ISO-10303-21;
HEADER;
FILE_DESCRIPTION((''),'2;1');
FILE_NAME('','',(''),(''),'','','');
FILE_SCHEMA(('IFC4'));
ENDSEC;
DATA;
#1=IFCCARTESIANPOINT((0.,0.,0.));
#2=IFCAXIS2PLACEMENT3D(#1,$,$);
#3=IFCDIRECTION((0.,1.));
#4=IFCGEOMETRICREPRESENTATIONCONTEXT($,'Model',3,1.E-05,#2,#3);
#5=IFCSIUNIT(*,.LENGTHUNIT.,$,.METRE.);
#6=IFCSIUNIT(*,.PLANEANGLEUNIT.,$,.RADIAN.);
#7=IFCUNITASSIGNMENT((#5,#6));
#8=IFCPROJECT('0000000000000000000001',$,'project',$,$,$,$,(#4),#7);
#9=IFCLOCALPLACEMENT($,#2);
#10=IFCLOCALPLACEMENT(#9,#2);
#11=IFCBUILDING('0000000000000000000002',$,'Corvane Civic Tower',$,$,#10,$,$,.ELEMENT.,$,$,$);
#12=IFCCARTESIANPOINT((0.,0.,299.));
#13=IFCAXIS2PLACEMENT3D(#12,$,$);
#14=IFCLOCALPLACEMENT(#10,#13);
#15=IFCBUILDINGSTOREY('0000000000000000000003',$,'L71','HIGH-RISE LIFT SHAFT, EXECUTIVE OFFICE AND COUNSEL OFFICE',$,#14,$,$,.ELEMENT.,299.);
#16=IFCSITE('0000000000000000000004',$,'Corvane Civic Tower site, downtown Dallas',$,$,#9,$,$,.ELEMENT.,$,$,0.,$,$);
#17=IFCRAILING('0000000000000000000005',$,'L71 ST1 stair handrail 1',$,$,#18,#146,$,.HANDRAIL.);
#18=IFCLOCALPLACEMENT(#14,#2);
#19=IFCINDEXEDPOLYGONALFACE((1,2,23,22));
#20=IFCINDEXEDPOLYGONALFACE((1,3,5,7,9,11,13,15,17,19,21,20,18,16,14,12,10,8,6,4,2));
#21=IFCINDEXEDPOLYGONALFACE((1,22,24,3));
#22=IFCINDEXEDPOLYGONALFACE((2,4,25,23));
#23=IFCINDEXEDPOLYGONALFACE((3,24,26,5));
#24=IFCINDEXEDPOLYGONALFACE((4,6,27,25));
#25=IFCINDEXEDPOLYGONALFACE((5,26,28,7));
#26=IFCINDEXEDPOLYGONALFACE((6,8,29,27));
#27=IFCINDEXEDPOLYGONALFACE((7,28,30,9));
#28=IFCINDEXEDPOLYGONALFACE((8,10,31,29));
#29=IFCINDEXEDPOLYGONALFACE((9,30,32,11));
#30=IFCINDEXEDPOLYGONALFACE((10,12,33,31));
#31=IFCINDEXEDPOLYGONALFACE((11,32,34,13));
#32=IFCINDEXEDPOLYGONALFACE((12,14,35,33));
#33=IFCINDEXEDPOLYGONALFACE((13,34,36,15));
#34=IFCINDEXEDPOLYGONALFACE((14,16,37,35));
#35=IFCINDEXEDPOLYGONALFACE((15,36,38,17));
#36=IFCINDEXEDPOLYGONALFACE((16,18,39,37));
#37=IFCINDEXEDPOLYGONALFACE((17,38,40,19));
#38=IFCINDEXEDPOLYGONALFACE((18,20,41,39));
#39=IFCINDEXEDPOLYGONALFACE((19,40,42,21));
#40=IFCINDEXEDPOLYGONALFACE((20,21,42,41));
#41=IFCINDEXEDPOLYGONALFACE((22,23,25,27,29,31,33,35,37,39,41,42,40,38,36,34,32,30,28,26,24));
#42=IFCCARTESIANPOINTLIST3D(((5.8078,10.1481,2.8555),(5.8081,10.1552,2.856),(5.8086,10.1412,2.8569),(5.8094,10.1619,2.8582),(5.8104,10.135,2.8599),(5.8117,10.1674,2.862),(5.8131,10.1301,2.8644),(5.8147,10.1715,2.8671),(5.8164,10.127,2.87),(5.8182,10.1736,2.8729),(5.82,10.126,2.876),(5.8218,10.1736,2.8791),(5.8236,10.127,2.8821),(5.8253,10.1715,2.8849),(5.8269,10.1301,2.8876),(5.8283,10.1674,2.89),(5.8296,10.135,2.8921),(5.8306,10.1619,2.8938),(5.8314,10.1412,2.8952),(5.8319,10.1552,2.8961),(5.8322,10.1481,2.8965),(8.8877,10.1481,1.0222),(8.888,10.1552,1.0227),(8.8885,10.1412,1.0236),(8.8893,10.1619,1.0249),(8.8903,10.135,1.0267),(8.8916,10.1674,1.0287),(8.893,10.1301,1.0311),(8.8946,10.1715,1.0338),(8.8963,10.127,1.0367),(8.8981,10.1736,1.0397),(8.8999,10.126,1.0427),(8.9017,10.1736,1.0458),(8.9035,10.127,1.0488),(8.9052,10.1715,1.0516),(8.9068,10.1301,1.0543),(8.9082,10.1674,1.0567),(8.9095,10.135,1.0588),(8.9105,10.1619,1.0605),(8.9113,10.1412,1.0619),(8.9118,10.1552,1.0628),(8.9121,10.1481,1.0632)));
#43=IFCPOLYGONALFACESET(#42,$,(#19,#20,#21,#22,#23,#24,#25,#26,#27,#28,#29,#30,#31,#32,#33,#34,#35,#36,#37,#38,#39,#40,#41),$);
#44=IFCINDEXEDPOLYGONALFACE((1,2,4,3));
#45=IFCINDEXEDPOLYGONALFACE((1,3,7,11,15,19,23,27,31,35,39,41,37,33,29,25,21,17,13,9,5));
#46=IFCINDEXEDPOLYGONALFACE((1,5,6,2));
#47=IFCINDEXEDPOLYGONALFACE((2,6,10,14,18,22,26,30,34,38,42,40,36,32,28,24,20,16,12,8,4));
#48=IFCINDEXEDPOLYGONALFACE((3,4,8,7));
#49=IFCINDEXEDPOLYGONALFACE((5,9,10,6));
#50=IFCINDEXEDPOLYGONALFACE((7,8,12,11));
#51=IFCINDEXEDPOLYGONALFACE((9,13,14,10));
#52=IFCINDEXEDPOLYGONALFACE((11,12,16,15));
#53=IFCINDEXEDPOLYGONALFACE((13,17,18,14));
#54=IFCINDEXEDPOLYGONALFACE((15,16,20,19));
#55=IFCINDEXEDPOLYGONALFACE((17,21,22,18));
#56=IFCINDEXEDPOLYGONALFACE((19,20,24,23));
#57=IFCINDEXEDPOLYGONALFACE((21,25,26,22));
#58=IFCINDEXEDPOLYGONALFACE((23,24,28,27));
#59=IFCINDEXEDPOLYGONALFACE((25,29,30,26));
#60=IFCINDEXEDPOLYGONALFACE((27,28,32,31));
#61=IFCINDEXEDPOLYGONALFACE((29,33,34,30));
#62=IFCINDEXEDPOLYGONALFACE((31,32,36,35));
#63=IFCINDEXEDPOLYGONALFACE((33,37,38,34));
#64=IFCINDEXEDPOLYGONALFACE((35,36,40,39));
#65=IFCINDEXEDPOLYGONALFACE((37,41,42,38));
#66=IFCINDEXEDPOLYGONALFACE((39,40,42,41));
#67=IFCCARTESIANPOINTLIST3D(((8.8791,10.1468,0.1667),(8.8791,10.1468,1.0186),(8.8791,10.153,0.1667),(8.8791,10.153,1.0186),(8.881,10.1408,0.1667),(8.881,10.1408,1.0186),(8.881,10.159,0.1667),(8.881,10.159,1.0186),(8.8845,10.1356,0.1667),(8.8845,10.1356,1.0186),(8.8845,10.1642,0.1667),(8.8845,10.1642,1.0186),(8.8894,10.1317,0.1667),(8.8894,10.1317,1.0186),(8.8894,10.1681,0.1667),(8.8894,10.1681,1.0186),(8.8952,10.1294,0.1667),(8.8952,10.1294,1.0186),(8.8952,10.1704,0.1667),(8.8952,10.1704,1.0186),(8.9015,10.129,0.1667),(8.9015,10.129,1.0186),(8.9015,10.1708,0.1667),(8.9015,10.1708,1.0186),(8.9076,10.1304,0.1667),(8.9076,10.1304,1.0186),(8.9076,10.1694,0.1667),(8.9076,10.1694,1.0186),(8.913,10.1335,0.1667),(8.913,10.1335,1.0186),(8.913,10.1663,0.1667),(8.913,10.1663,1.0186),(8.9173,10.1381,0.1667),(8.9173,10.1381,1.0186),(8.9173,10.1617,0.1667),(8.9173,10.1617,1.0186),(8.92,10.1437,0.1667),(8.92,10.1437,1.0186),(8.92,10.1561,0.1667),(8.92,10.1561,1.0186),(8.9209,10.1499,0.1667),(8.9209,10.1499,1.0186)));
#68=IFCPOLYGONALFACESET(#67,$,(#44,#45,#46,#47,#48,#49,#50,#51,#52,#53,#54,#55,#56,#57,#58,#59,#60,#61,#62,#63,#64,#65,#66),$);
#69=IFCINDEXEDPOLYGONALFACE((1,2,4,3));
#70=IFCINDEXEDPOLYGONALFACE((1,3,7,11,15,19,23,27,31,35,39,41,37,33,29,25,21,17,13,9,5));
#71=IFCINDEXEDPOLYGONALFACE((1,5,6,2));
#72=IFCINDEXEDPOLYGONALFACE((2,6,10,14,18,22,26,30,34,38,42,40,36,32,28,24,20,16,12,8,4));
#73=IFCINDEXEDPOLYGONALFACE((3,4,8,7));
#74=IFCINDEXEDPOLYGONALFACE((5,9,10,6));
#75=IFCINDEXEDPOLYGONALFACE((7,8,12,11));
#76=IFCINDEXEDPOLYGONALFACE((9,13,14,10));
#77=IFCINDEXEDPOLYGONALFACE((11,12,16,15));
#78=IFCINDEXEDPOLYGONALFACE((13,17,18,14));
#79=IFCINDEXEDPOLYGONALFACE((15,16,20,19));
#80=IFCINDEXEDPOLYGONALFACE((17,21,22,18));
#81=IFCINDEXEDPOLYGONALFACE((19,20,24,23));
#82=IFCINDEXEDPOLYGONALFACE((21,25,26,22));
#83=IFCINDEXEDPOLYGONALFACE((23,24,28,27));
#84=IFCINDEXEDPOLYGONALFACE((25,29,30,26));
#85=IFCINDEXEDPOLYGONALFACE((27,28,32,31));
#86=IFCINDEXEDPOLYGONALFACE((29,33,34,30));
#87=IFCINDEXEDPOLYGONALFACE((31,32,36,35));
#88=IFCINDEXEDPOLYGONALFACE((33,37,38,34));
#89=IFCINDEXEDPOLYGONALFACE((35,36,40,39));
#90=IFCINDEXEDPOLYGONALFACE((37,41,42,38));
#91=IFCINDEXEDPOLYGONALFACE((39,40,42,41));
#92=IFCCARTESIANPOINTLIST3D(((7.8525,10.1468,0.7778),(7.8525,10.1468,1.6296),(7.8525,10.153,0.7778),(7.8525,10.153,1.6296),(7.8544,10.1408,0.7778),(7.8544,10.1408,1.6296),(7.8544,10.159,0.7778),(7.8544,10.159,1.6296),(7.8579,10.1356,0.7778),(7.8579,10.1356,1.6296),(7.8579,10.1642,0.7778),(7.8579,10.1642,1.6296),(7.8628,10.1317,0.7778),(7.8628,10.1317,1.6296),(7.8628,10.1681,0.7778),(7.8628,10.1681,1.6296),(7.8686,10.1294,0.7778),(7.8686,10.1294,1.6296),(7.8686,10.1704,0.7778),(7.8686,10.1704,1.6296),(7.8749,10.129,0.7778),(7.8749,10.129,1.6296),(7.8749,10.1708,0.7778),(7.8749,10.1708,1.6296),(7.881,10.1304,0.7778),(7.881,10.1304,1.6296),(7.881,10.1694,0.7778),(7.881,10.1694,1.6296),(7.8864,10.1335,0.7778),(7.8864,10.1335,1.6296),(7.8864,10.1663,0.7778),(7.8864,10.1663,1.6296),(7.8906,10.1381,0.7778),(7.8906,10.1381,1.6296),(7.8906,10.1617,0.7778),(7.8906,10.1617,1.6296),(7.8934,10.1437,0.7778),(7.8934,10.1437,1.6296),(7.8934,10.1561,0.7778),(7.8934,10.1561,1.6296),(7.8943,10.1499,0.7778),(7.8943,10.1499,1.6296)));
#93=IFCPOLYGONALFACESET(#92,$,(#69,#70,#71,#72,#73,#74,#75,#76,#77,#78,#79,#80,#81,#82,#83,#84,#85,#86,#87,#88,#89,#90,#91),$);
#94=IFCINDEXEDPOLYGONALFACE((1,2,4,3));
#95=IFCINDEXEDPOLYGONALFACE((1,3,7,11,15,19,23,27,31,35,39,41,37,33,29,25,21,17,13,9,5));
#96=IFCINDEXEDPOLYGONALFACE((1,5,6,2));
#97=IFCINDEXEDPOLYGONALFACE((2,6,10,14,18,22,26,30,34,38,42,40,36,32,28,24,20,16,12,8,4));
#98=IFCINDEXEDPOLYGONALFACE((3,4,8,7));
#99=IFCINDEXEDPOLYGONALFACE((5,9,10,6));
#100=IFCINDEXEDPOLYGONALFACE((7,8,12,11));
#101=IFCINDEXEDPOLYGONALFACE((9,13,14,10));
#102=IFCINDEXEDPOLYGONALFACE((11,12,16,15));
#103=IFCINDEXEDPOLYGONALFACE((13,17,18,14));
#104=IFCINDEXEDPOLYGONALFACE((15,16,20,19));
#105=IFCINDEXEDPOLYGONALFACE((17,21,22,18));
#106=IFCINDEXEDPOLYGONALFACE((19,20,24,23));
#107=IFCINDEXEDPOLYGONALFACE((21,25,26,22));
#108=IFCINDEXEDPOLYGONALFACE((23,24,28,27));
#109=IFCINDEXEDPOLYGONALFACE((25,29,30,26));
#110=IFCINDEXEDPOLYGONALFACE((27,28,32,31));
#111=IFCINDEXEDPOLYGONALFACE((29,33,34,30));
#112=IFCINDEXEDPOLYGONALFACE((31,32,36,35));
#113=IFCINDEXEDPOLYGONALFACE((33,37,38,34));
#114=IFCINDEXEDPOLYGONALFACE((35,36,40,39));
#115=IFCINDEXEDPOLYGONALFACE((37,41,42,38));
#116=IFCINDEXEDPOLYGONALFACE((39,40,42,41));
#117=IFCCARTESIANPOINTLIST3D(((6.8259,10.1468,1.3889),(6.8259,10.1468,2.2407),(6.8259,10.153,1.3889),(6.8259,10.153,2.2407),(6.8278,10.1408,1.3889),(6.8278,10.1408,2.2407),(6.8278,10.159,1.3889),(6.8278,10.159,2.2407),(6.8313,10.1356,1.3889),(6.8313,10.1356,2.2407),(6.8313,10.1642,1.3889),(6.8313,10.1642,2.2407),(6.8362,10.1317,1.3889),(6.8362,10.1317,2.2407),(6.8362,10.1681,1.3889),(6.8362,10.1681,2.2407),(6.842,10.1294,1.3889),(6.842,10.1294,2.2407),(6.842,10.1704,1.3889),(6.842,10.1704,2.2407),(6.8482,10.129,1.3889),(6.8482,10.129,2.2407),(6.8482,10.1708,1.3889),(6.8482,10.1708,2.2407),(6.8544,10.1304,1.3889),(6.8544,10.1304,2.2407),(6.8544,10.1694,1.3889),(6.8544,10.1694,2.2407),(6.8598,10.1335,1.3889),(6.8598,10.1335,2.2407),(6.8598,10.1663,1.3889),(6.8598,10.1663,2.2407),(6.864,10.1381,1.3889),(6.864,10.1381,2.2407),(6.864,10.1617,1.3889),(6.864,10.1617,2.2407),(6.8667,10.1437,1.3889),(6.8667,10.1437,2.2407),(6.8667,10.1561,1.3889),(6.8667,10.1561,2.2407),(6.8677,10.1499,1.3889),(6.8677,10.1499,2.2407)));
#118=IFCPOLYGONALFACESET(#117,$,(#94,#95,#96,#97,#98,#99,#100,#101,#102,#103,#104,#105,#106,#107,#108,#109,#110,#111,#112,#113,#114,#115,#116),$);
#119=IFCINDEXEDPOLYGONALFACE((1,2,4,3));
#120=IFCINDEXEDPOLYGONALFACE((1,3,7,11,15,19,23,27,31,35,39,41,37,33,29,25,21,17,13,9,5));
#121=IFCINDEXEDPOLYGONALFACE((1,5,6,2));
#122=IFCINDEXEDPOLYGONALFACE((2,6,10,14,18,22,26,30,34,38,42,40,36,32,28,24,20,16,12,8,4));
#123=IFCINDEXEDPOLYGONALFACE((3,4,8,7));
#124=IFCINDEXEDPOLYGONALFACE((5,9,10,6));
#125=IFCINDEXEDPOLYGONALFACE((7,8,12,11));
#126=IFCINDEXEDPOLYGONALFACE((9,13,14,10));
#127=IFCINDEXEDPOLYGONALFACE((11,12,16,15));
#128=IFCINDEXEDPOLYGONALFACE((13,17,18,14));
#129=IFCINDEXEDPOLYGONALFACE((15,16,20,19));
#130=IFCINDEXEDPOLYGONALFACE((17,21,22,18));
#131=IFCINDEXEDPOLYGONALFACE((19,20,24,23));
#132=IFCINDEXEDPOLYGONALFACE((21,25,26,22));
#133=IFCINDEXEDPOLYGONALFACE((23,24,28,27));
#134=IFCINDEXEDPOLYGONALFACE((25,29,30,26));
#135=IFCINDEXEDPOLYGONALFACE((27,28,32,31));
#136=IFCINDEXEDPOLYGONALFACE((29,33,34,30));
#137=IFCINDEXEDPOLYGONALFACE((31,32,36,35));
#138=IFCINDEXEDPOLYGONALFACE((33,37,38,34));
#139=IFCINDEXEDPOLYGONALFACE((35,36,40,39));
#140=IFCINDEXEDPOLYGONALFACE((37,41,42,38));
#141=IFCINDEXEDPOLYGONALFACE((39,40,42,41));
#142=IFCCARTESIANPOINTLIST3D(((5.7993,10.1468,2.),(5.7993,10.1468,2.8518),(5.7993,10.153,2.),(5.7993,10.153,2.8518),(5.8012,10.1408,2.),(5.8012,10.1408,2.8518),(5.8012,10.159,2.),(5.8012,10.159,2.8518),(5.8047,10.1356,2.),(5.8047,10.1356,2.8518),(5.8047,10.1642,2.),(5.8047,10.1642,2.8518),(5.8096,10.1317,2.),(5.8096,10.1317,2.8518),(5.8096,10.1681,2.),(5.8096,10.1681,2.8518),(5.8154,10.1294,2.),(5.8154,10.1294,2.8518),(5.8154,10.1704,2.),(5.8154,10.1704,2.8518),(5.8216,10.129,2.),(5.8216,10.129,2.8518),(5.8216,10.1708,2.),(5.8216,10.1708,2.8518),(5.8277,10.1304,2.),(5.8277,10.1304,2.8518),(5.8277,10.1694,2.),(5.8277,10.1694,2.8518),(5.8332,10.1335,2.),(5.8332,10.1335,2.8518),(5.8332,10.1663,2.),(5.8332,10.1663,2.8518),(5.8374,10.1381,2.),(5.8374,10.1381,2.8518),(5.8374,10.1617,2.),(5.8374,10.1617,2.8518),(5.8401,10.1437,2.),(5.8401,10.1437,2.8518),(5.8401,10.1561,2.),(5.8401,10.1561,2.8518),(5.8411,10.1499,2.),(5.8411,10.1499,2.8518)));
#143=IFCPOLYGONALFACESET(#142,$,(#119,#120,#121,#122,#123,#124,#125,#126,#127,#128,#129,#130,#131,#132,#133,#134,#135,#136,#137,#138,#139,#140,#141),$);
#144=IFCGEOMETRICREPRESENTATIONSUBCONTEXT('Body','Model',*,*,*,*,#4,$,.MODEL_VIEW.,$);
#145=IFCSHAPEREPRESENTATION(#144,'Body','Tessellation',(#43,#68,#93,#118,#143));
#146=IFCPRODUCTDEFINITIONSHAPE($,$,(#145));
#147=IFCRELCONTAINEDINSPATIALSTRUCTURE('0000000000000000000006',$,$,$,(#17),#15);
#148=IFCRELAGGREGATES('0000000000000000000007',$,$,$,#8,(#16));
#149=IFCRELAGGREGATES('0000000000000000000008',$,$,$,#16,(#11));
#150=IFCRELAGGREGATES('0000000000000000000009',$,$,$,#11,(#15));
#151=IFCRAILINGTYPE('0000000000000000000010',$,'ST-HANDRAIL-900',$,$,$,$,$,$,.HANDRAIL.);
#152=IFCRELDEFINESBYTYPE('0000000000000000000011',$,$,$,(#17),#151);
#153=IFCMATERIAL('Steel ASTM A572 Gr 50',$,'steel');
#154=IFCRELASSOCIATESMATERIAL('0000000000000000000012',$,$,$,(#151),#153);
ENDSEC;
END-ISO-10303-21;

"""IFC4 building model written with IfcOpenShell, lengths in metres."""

from ifc_helpers import new_model, si_unit, direction, frame, origin, origin_2d, place, context, subcontext, project, spatial, circle, extrude, material, type_object, element, save


model = new_model("IFC4")

# Units and contexts
model_context = context("Model", 3, precision=1e-05, world=origin(), true_north=direction((0.0, 1.0)))
body_context = subcontext(model_context, "Body", "Model", "MODEL_VIEW")
ifc_project = project(units=[si_unit("LENGTHUNIT", "METRE"), si_unit("PLANEANGLEUNIT", "RADIAN")], contexts=[model_context])

# Site, building, storey
site_placement = place(None, origin())
site = spatial("IfcSite", under=ifc_project, at=site_placement, Name="Corvane Civic Tower site, downtown Dallas", CompositionType="ELEMENT", RefElevation=0.0)
building_placement = place(site_placement, origin())
building = spatial("IfcBuilding", under=site, at=building_placement, Name="Corvane Civic Tower", CompositionType="ELEMENT")
storey_placement = place(building_placement, frame((0.0, 0.0, 299.0)))
storey = spatial("IfcBuildingStorey", under=building, at=storey_placement, Name="L71", Description="HIGH-RISE LIFT SHAFT, EXECUTIVE OFFICE AND COUNSEL OFFICE", CompositionType="ELEMENT", Elevation=299.0)

# Railing
ifc_material_1 = material(Name="Steel ASTM A572 Gr 50", Category="steel")
railing_type = type_object("IfcRailingType", Name="ST-HANDRAIL-900", PredefinedType="HANDRAIL", material=ifc_material_1)
railing_placement = place(storey_placement, frame((8.8999, 10.1499, 0.1667)))
element("IfcRailing", 1, at=railing_placement, inside=storey, type_object=railing_type, Name="L71 ST1 stair handrail 1", PredefinedType="HANDRAIL", context=body_context, shape_type="SweptSolid", body=[
    extrude(circle(Radius=0.0239, at=origin_2d()), frame((0.0, 0.0, 0.876), z_axis=(-0.859291, 0.0, 0.511487), x_axis=(0.0, -1.0, 0.0)), (0.0, 0.0, 1.0), 3.5842),
    extrude(circle(Radius=0.021, at=origin_2d()), origin(), (0.0, 0.0, 1.0), 0.8518),
    extrude(circle(Radius=0.021, at=origin_2d()), frame((-1.0266, 0.0, 0.6111)), (0.0, 0.0, 1.0), 0.8518),
    extrude(circle(Radius=0.021, at=origin_2d()), frame((-2.0532, 0.0, 1.2222)), (0.0, 0.0, 1.0), 0.8518),
    extrude(circle(Radius=0.021, at=origin_2d()), frame((-3.0798, 0.0, 1.8333)), (0.0, 0.0, 1.0), 0.8518),
])

save(model, "model.ifc")
